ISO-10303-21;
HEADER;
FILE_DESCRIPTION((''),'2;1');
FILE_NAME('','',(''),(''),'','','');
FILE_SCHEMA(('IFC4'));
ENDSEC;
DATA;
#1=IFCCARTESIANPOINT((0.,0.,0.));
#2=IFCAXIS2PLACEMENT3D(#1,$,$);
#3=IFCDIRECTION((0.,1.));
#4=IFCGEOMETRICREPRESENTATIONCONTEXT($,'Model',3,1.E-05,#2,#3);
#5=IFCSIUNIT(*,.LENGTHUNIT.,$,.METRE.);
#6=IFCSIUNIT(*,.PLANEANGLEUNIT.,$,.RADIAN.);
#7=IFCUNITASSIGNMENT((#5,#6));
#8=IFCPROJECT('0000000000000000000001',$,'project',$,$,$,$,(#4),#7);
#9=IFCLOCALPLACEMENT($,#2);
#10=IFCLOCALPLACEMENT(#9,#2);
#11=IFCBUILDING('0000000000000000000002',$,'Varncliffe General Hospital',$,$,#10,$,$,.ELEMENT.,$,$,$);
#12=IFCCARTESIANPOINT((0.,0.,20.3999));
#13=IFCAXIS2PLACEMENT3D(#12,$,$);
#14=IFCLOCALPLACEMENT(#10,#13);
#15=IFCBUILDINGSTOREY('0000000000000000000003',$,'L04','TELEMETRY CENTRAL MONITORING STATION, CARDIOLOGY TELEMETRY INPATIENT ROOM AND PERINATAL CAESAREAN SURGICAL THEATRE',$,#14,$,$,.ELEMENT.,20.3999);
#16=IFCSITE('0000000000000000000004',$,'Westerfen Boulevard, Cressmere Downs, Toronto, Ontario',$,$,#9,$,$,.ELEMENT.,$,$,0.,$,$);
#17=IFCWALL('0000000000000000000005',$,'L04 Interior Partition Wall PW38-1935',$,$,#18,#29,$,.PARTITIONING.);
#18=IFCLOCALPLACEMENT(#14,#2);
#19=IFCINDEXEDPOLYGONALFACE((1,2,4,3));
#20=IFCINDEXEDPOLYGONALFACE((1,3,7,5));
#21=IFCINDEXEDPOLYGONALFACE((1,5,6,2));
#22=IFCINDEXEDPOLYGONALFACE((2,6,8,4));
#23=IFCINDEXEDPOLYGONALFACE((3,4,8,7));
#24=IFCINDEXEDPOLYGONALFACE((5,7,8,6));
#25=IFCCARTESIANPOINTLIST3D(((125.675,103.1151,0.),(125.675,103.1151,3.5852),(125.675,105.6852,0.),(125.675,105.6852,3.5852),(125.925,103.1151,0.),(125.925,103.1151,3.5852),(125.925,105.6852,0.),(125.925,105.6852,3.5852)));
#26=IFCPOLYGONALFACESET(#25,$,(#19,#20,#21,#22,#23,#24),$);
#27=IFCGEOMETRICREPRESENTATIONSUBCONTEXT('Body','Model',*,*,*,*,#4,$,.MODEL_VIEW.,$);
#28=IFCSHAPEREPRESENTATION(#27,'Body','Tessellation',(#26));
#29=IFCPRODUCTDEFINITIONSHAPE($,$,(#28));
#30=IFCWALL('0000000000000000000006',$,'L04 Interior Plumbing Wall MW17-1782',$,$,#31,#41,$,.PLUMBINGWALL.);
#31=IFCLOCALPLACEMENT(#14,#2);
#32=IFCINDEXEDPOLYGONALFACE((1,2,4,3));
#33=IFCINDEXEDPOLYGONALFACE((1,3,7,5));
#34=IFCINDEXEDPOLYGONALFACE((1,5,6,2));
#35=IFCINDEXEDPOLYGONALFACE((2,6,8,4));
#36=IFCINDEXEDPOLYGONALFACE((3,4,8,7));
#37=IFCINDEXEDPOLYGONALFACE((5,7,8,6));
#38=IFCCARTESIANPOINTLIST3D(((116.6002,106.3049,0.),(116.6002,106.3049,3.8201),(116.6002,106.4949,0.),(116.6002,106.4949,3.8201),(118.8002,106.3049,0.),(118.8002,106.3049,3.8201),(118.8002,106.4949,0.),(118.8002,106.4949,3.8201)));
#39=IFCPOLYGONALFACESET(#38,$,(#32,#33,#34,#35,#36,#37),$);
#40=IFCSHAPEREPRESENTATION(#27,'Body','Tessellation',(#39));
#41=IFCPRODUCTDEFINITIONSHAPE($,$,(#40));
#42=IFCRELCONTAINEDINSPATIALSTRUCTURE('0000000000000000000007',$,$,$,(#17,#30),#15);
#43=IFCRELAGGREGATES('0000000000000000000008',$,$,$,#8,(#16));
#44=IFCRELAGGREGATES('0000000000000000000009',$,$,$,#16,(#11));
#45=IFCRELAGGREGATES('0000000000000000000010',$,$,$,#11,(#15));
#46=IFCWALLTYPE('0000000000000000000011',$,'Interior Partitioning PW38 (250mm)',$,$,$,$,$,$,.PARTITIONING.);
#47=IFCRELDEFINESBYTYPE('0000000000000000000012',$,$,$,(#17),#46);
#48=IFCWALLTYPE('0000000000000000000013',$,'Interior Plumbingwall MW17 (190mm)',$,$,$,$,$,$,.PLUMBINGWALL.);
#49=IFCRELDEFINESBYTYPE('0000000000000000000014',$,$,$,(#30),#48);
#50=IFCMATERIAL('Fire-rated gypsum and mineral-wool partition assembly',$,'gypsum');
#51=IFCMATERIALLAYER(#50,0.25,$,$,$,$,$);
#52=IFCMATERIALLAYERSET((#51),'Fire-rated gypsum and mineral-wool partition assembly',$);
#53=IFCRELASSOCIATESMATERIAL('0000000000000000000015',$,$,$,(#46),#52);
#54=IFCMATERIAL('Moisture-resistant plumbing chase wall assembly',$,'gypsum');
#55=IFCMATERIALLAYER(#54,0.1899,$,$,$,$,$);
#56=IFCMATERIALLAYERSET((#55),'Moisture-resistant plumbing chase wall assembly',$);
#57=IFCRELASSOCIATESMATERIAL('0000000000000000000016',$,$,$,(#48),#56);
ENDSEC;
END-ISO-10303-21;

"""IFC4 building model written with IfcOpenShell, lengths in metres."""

from ifc_helpers import new_model, si_unit, direction, frame, frame_2d, origin, place, context, subcontext, project, spatial, rectangle, extrude, material, layer, layer_set, type_object, element, save


model = new_model("IFC4")

# Units and contexts
model_context = context("Model", 3, precision=1e-05, world=origin(), true_north=direction((0.0, 1.0)))
body_context = subcontext(model_context, "Body", "Model", "MODEL_VIEW")
ifc_project = project(units=[si_unit("LENGTHUNIT", "METRE"), si_unit("PLANEANGLEUNIT", "RADIAN")], contexts=[model_context])

# Site, building, storey
site_placement = place(None, origin())
site = spatial("IfcSite", under=ifc_project, at=site_placement, Name="Westerfen Boulevard, Cressmere Downs, Toronto, Ontario", CompositionType="ELEMENT", RefElevation=0.0)
building_placement = place(site_placement, origin())
building = spatial("IfcBuilding", under=site, at=building_placement, Name="Varncliffe General Hospital", CompositionType="ELEMENT")
storey_placement = place(building_placement, frame((0.0, 0.0, 20.3999)))
storey = spatial("IfcBuildingStorey", under=building, at=storey_placement, Name="L04", Description="TELEMETRY CENTRAL MONITORING STATION, CARDIOLOGY TELEMETRY INPATIENT ROOM AND PERINATAL CAESAREAN SURGICAL THEATRE", CompositionType="ELEMENT", Elevation=20.3999)

# Walls
ifc_material_1 = material(Name="Fire-rated gypsum and mineral-wool partition assembly", Category="gypsum")
ifc_layer_1 = layer(ifc_material_1, 0.25)
ifc_layer_set_1 = layer_set([ifc_layer_1], Name="Fire-rated gypsum and mineral-wool partition assembly")
wall_type_1 = type_object("IfcWallType", Name="Interior Partitioning PW38 (250mm)", PredefinedType="PARTITIONING", material=ifc_layer_set_1)
for number, where, z_axis, x_axis, name in (
    (1, (125.8, 103.115, 0.0), (0.0, 0.0, 1.0), (0.0, 1.0, 0.0), "L04 Interior Partition Wall PW38-1935"),
):
    element("IfcWall", number, at=place(storey_placement, frame(where, z_axis=z_axis, x_axis=x_axis)), inside=storey, type_object=wall_type_1, Name=name, PredefinedType="PARTITIONING", context=body_context, shape_type="SweptSolid", body=[
        extrude(rectangle(XDim=2.5701, YDim=0.25, at=frame_2d((1.2852, 0.0))), origin(), (0.0, 0.0, 1.0), 3.5852),
    ])
ifc_material_2 = material(Name="Moisture-resistant plumbing chase wall assembly", Category="gypsum")
ifc_layer_2 = layer(ifc_material_2, 0.1899)
ifc_layer_set_2 = layer_set([ifc_layer_2], Name="Moisture-resistant plumbing chase wall assembly")
wall_type_2 = type_object("IfcWallType", Name="Interior Plumbingwall MW17 (190mm)", PredefinedType="PLUMBINGWALL", material=ifc_layer_set_2)
wall_1_placement = place(storey_placement, frame((116.6001, 106.3999, 0.0), z_axis=(0.0, 0.0, 1.0), x_axis=(1.0, 0.0, 0.0)))
element("IfcWall", 2, at=wall_1_placement, inside=storey, type_object=wall_type_2, Name="L04 Interior Plumbing Wall MW17-1782", PredefinedType="PLUMBINGWALL", context=body_context, shape_type="SweptSolid", body=[
    extrude(rectangle(XDim=2.2, YDim=0.1899, at=frame_2d((1.1001, 0.0))), origin(), (0.0, 0.0, 1.0), 3.8201),
])

save(model, "model.ifc")
